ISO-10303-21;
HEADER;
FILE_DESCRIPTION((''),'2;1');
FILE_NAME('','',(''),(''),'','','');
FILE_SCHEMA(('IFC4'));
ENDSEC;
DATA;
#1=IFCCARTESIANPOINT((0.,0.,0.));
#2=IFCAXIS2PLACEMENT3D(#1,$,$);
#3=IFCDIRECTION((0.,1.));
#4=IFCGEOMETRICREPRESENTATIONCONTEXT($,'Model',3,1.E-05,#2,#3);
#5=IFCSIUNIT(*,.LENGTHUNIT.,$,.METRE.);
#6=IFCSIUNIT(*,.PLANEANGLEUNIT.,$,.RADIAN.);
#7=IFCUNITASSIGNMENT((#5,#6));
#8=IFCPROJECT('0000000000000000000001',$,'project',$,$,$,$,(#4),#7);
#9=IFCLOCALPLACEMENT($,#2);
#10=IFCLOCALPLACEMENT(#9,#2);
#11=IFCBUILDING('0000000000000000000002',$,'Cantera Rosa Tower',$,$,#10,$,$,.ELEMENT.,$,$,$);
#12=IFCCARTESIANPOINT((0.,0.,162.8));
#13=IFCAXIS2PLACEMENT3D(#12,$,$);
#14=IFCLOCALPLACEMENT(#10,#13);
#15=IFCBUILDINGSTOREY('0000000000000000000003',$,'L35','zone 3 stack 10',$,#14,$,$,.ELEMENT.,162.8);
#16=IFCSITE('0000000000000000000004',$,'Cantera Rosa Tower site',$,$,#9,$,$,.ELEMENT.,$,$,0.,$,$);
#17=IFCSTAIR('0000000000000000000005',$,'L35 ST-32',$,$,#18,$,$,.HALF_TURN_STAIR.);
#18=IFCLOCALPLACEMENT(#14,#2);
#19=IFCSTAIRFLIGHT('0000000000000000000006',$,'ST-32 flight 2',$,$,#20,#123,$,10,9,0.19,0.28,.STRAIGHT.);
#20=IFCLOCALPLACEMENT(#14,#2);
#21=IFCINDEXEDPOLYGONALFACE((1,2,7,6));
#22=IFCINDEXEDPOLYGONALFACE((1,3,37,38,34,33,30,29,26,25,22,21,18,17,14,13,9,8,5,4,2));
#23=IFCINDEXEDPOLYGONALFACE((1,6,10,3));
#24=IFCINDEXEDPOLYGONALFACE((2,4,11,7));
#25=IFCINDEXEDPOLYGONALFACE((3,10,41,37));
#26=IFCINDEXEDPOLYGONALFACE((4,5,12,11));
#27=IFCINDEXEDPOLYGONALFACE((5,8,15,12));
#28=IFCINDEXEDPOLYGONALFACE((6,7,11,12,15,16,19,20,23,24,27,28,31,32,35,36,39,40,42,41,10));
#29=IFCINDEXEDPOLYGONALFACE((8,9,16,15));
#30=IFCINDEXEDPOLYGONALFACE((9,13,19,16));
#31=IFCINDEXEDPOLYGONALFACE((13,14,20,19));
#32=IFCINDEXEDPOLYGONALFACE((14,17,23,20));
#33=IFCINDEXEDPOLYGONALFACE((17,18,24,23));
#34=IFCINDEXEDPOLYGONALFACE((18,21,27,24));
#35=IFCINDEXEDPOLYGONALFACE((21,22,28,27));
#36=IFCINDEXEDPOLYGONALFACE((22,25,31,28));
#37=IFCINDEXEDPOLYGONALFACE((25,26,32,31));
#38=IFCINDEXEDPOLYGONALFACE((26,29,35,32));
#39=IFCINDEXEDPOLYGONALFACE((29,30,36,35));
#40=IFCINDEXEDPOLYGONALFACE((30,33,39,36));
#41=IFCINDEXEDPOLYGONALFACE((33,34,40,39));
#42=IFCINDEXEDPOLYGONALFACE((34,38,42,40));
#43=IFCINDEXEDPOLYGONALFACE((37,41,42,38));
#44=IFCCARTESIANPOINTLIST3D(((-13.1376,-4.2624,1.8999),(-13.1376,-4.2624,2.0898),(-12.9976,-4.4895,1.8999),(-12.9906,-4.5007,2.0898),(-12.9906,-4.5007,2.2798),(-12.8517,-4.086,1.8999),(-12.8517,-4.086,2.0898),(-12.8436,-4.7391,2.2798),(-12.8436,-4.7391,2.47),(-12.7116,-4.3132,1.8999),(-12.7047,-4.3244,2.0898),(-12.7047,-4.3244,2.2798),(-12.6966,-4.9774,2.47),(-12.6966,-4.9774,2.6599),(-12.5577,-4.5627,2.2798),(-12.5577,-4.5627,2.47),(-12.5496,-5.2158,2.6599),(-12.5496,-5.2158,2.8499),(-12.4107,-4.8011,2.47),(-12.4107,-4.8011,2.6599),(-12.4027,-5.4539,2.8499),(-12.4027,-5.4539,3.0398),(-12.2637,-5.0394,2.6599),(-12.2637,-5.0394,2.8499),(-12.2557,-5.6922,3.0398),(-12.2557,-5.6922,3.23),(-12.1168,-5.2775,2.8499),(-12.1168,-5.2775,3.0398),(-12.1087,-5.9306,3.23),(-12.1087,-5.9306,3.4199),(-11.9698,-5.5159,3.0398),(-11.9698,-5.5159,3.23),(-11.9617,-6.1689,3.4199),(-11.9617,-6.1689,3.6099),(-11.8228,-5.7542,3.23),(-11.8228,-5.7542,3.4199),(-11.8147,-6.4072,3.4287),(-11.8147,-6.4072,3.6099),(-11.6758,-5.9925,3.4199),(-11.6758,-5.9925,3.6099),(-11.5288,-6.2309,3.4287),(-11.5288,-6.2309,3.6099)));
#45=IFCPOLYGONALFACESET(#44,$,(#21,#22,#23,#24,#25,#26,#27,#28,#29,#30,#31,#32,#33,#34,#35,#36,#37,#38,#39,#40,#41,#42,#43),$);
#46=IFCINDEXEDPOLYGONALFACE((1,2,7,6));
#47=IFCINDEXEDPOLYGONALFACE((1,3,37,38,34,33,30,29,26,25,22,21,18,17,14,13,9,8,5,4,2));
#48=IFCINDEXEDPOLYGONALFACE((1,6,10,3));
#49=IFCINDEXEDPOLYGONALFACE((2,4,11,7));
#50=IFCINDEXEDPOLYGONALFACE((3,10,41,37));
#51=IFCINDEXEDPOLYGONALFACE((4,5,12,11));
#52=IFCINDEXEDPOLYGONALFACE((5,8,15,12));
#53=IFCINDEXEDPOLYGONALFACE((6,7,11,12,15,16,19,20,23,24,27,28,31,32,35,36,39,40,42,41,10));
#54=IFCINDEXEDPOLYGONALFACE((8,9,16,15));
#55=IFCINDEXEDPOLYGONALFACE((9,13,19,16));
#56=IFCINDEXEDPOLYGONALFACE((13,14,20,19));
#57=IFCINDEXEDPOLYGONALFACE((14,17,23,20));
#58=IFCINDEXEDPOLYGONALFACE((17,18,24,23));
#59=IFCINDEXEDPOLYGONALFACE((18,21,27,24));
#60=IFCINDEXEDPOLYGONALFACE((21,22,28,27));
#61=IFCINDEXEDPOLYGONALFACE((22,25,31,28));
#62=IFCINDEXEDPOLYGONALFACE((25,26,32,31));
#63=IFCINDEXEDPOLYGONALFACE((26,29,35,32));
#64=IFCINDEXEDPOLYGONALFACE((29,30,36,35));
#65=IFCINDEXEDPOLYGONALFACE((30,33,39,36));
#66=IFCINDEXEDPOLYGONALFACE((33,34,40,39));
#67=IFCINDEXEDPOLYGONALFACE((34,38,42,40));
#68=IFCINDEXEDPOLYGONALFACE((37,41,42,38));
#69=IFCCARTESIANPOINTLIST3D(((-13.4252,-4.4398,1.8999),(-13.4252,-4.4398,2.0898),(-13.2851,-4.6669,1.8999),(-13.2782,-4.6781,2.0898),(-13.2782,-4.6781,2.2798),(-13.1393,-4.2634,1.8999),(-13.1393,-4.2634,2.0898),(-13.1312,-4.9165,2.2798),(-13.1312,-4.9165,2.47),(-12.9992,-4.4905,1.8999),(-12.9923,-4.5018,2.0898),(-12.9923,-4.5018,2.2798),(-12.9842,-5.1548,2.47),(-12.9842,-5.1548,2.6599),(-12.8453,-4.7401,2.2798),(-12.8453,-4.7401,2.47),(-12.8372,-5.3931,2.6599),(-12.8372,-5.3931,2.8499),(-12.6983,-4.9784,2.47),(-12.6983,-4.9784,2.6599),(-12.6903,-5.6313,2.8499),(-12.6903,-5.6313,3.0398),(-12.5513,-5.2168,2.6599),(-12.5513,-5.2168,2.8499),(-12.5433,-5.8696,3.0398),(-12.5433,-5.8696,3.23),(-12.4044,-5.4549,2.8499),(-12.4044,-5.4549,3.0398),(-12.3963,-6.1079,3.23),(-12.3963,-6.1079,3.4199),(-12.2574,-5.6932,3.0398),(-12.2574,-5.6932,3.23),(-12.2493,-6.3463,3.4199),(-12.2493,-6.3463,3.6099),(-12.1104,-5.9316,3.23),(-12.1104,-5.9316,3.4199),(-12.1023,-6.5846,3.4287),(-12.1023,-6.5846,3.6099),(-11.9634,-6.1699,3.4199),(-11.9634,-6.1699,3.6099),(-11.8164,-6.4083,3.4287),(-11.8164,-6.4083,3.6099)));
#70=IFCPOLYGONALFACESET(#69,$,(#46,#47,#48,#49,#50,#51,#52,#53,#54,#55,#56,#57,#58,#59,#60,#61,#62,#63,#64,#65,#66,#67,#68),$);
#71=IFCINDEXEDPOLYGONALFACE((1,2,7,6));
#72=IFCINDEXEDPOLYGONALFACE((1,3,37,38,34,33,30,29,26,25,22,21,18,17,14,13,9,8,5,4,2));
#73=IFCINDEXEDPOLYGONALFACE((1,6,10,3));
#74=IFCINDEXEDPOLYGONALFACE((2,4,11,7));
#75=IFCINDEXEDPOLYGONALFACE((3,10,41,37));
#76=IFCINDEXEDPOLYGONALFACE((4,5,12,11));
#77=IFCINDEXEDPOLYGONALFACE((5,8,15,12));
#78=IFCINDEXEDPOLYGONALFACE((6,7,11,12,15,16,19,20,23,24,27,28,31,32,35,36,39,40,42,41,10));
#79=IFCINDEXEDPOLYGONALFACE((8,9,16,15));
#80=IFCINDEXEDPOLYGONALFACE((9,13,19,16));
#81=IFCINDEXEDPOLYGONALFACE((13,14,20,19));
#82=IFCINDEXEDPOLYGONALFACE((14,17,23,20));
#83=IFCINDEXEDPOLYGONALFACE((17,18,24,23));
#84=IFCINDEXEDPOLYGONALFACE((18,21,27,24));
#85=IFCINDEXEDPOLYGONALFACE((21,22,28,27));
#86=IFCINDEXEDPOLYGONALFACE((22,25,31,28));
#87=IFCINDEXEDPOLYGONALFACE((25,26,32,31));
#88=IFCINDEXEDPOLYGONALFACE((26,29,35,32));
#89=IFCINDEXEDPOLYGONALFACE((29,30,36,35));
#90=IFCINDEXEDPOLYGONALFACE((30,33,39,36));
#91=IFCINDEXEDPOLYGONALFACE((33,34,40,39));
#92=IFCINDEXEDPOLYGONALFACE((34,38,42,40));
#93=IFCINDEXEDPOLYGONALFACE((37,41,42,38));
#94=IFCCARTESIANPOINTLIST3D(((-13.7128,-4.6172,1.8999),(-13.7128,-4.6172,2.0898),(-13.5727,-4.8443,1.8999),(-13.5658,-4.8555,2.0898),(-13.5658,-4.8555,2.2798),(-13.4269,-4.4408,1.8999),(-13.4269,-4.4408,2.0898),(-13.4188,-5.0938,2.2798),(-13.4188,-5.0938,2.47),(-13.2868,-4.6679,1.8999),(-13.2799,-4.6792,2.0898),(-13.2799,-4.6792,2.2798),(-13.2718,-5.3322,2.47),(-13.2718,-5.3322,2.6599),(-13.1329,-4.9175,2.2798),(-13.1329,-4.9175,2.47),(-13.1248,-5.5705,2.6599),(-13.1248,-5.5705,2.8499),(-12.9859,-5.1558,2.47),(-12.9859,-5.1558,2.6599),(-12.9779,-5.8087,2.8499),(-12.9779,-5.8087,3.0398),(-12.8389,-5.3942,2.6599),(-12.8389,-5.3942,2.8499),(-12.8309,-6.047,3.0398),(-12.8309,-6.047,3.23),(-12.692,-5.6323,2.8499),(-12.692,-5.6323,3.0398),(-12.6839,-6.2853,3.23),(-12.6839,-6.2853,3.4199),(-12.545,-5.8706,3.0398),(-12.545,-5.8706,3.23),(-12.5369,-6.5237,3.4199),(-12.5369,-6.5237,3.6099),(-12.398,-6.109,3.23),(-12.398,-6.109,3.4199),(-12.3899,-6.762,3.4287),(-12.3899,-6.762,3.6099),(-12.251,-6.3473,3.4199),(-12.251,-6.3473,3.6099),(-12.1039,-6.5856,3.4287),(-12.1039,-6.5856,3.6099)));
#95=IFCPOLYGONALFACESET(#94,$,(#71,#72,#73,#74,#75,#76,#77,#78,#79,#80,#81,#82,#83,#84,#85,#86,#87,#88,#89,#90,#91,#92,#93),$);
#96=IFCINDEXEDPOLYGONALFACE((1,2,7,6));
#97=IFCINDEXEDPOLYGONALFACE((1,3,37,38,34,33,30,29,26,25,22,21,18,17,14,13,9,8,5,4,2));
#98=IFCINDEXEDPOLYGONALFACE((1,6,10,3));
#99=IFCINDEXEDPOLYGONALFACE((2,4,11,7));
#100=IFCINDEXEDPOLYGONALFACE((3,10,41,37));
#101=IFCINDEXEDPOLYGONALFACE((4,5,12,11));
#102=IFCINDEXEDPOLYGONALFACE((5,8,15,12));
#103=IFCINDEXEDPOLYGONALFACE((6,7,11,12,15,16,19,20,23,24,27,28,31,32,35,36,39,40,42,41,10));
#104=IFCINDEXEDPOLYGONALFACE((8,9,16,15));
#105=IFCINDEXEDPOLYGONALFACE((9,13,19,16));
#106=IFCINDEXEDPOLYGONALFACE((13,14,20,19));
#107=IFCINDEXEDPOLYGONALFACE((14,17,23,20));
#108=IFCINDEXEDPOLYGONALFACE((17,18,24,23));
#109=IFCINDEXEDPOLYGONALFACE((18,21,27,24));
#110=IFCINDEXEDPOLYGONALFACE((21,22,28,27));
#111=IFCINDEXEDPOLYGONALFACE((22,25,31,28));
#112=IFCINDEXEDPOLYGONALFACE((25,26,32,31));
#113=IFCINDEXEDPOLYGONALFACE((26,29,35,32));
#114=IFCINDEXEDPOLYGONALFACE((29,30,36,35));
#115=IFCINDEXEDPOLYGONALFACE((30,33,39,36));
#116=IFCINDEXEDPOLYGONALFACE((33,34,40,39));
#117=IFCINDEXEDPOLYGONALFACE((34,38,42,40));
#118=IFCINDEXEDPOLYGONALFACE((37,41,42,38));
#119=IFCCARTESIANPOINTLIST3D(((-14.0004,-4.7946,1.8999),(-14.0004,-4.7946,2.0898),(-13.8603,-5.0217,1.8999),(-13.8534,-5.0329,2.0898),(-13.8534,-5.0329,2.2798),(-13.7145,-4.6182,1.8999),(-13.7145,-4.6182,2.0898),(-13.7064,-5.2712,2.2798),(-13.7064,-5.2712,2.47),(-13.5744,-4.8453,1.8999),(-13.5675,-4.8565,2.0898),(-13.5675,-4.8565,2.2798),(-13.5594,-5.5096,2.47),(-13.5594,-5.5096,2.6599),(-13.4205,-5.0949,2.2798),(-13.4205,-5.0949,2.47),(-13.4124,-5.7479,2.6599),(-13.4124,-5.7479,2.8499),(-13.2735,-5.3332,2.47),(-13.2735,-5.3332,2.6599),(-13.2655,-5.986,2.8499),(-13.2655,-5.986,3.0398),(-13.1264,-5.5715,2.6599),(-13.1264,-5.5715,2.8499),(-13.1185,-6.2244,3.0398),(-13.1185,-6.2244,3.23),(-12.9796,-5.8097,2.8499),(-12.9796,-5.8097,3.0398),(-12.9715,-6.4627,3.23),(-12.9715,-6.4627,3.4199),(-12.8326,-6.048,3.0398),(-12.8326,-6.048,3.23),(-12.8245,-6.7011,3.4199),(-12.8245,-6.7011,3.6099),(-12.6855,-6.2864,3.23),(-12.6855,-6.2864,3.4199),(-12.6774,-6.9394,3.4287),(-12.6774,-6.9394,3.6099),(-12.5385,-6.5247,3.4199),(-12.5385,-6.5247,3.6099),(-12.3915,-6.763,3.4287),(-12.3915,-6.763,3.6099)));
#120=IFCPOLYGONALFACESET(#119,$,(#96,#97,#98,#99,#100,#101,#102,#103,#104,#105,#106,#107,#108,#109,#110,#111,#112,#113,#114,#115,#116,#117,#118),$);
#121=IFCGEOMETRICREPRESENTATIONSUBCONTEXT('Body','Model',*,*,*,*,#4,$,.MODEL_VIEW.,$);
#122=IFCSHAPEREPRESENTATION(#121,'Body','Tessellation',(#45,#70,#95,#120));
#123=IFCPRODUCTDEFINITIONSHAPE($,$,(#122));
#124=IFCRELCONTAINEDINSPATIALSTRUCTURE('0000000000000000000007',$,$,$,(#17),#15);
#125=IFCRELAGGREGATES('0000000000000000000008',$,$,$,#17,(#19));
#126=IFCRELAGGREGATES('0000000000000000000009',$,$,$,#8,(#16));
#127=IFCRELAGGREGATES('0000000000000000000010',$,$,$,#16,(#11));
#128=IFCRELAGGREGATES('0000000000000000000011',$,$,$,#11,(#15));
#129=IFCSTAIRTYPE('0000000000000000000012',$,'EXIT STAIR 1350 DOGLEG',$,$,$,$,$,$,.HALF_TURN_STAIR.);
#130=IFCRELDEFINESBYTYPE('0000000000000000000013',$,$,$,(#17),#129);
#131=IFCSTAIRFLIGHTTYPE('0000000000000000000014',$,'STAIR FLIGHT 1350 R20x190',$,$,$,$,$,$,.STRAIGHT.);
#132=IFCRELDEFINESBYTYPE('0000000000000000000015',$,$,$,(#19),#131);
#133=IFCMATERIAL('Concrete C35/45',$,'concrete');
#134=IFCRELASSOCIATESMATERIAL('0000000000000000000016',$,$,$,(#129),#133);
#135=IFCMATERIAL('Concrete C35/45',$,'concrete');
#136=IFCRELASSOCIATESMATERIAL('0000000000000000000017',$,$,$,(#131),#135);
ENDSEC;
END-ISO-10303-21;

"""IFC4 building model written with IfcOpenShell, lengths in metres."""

from ifc_helpers import new_model, si_unit, direction, frame, origin, place, context, subcontext, project, spatial, polyline, outline, extrude, material, type_object, element, aggregate, save


model = new_model("IFC4")

# Units and contexts
model_context = context("Model", 3, precision=1e-05, world=origin(), true_north=direction((0.0, 1.0)))
body_context = subcontext(model_context, "Body", "Model", "MODEL_VIEW")
ifc_project = project(units=[si_unit("LENGTHUNIT", "METRE"), si_unit("PLANEANGLEUNIT", "RADIAN")], contexts=[model_context])

# Site, building, storey
site_placement = place(None, origin())
site = spatial("IfcSite", under=ifc_project, at=site_placement, Name="Cantera Rosa Tower site", CompositionType="ELEMENT", RefElevation=0.0)
building_placement = place(site_placement, origin())
building = spatial("IfcBuilding", under=site, at=building_placement, Name="Cantera Rosa Tower", CompositionType="ELEMENT")
storey_placement = place(building_placement, frame((0.0, 0.0, 162.8)))
storey = spatial("IfcBuildingStorey", under=building, at=storey_placement, Name="L35", Description="zone 3 stack 10", CompositionType="ELEMENT", Elevation=162.8)

# Stair, stair flight
ifc_material_1 = material(Name="Concrete C35/45", Category="concrete")
stair_type = type_object("IfcStairType", Name="EXIT STAIR 1350 DOGLEG", PredefinedType="HALF_TURN_STAIR", material=ifc_material_1)
stair_placement = place(storey_placement, origin())
stair = element("IfcStair", 1, at=stair_placement, inside=storey, type_object=stair_type, Name="L35 ST-32", PredefinedType="HALF_TURN_STAIR")
ifc_material_2 = material(Name="Concrete C35/45", Category="concrete")
stair_flight_type = type_object("IfcStairFlightType", Name="STAIR FLIGHT 1350 R20x190", PredefinedType="STRAIGHT", material=ifc_material_2)
stair_flight_1_placement = place(storey_placement, frame((-13.4263, -4.4404, 1.8999), z_axis=(0.0, 0.0, 1.0), x_axis=(0.524977, -0.851117, 0.0)))
stair_flight_1 = element("IfcStairFlight", 2, at=stair_flight_1_placement, type_object=stair_flight_type, Name="ST-32 flight 2", NumberOfRisers=10, NumberOfTreads=9, PredefinedType="STRAIGHT", RiserHeight=0.19, TreadLength=0.28, context=body_context, shape_type="SweptSolid", body=[
    extrude(outline(polyline([(0.0, 0.0), (0.0, 0.1899), (0.28, 0.1899), (0.28, 0.3799), (0.5601, 0.3799), (0.5601, 0.5701), (0.8401, 0.5701), (0.8401, 0.76), (1.1201, 0.76), (1.1201, 0.95), (1.3999, 0.95), (1.3999, 1.1399), (1.6799, 1.1399), (1.6799, 1.3301), (1.96, 1.3301), (1.96, 1.52), (2.24, 1.52), (2.24, 1.71), (2.52, 1.71), (2.52, 1.8999), (2.52, 1.5288), (0.2668, 0.0), (0.0, 0.0)])), frame((0.0, 0.675, 0.0), z_axis=(0.0, -1.0, 0.0), x_axis=(1.0, 0.0, 0.0)), (0.0, 0.0, 1.0), 0.3359),
    extrude(outline(polyline([(0.0, 0.0), (0.0, 0.1899), (0.28, 0.1899), (0.28, 0.3799), (0.5601, 0.3799), (0.5601, 0.5701), (0.8401, 0.5701), (0.8401, 0.76), (1.1201, 0.76), (1.1201, 0.95), (1.3999, 0.95), (1.3999, 1.1399), (1.6799, 1.1399), (1.6799, 1.3301), (1.96, 1.3301), (1.96, 1.52), (2.24, 1.52), (2.24, 1.71), (2.52, 1.71), (2.52, 1.8999), (2.52, 1.5288), (0.2668, 0.0), (0.0, 0.0)])), frame((0.0, 0.3372, 0.0), z_axis=(0.0, -1.0, 0.0), x_axis=(1.0, 0.0, 0.0)), (0.0, 0.0, 1.0), 0.3359),
    extrude(outline(polyline([(0.0, 0.0), (0.0, 0.1899), (0.28, 0.1899), (0.28, 0.3799), (0.5601, 0.3799), (0.5601, 0.5701), (0.8401, 0.5701), (0.8401, 0.76), (1.1201, 0.76), (1.1201, 0.95), (1.3999, 0.95), (1.3999, 1.1399), (1.6799, 1.1399), (1.6799, 1.3301), (1.96, 1.3301), (1.96, 1.52), (2.24, 1.52), (2.24, 1.71), (2.52, 1.71), (2.52, 1.8999), (2.52, 1.5288), (0.2668, 0.0), (0.0, 0.0)])), frame((0.0, -0.0007, 0.0), z_axis=(0.0, -1.0, 0.0), x_axis=(1.0, 0.0, 0.0)), (0.0, 0.0, 1.0), 0.3359),
    extrude(outline(polyline([(0.0, 0.0), (0.0, 0.1899), (0.28, 0.1899), (0.28, 0.3799), (0.5601, 0.3799), (0.5601, 0.5701), (0.8401, 0.5701), (0.8401, 0.76), (1.1201, 0.76), (1.1201, 0.95), (1.3999, 0.95), (1.3999, 1.1399), (1.6799, 1.1399), (1.6799, 1.3301), (1.96, 1.3301), (1.96, 1.52), (2.24, 1.52), (2.24, 1.71), (2.52, 1.71), (2.52, 1.8999), (2.52, 1.5288), (0.2668, 0.0), (0.0, 0.0)])), frame((0.0, -0.3386, 0.0), z_axis=(0.0, -1.0, 0.0), x_axis=(1.0, 0.0, 0.0)), (0.0, 0.0, 1.0), 0.3359),
])
aggregate(stair, [stair_flight_1])

save(model, "model.ifc")
